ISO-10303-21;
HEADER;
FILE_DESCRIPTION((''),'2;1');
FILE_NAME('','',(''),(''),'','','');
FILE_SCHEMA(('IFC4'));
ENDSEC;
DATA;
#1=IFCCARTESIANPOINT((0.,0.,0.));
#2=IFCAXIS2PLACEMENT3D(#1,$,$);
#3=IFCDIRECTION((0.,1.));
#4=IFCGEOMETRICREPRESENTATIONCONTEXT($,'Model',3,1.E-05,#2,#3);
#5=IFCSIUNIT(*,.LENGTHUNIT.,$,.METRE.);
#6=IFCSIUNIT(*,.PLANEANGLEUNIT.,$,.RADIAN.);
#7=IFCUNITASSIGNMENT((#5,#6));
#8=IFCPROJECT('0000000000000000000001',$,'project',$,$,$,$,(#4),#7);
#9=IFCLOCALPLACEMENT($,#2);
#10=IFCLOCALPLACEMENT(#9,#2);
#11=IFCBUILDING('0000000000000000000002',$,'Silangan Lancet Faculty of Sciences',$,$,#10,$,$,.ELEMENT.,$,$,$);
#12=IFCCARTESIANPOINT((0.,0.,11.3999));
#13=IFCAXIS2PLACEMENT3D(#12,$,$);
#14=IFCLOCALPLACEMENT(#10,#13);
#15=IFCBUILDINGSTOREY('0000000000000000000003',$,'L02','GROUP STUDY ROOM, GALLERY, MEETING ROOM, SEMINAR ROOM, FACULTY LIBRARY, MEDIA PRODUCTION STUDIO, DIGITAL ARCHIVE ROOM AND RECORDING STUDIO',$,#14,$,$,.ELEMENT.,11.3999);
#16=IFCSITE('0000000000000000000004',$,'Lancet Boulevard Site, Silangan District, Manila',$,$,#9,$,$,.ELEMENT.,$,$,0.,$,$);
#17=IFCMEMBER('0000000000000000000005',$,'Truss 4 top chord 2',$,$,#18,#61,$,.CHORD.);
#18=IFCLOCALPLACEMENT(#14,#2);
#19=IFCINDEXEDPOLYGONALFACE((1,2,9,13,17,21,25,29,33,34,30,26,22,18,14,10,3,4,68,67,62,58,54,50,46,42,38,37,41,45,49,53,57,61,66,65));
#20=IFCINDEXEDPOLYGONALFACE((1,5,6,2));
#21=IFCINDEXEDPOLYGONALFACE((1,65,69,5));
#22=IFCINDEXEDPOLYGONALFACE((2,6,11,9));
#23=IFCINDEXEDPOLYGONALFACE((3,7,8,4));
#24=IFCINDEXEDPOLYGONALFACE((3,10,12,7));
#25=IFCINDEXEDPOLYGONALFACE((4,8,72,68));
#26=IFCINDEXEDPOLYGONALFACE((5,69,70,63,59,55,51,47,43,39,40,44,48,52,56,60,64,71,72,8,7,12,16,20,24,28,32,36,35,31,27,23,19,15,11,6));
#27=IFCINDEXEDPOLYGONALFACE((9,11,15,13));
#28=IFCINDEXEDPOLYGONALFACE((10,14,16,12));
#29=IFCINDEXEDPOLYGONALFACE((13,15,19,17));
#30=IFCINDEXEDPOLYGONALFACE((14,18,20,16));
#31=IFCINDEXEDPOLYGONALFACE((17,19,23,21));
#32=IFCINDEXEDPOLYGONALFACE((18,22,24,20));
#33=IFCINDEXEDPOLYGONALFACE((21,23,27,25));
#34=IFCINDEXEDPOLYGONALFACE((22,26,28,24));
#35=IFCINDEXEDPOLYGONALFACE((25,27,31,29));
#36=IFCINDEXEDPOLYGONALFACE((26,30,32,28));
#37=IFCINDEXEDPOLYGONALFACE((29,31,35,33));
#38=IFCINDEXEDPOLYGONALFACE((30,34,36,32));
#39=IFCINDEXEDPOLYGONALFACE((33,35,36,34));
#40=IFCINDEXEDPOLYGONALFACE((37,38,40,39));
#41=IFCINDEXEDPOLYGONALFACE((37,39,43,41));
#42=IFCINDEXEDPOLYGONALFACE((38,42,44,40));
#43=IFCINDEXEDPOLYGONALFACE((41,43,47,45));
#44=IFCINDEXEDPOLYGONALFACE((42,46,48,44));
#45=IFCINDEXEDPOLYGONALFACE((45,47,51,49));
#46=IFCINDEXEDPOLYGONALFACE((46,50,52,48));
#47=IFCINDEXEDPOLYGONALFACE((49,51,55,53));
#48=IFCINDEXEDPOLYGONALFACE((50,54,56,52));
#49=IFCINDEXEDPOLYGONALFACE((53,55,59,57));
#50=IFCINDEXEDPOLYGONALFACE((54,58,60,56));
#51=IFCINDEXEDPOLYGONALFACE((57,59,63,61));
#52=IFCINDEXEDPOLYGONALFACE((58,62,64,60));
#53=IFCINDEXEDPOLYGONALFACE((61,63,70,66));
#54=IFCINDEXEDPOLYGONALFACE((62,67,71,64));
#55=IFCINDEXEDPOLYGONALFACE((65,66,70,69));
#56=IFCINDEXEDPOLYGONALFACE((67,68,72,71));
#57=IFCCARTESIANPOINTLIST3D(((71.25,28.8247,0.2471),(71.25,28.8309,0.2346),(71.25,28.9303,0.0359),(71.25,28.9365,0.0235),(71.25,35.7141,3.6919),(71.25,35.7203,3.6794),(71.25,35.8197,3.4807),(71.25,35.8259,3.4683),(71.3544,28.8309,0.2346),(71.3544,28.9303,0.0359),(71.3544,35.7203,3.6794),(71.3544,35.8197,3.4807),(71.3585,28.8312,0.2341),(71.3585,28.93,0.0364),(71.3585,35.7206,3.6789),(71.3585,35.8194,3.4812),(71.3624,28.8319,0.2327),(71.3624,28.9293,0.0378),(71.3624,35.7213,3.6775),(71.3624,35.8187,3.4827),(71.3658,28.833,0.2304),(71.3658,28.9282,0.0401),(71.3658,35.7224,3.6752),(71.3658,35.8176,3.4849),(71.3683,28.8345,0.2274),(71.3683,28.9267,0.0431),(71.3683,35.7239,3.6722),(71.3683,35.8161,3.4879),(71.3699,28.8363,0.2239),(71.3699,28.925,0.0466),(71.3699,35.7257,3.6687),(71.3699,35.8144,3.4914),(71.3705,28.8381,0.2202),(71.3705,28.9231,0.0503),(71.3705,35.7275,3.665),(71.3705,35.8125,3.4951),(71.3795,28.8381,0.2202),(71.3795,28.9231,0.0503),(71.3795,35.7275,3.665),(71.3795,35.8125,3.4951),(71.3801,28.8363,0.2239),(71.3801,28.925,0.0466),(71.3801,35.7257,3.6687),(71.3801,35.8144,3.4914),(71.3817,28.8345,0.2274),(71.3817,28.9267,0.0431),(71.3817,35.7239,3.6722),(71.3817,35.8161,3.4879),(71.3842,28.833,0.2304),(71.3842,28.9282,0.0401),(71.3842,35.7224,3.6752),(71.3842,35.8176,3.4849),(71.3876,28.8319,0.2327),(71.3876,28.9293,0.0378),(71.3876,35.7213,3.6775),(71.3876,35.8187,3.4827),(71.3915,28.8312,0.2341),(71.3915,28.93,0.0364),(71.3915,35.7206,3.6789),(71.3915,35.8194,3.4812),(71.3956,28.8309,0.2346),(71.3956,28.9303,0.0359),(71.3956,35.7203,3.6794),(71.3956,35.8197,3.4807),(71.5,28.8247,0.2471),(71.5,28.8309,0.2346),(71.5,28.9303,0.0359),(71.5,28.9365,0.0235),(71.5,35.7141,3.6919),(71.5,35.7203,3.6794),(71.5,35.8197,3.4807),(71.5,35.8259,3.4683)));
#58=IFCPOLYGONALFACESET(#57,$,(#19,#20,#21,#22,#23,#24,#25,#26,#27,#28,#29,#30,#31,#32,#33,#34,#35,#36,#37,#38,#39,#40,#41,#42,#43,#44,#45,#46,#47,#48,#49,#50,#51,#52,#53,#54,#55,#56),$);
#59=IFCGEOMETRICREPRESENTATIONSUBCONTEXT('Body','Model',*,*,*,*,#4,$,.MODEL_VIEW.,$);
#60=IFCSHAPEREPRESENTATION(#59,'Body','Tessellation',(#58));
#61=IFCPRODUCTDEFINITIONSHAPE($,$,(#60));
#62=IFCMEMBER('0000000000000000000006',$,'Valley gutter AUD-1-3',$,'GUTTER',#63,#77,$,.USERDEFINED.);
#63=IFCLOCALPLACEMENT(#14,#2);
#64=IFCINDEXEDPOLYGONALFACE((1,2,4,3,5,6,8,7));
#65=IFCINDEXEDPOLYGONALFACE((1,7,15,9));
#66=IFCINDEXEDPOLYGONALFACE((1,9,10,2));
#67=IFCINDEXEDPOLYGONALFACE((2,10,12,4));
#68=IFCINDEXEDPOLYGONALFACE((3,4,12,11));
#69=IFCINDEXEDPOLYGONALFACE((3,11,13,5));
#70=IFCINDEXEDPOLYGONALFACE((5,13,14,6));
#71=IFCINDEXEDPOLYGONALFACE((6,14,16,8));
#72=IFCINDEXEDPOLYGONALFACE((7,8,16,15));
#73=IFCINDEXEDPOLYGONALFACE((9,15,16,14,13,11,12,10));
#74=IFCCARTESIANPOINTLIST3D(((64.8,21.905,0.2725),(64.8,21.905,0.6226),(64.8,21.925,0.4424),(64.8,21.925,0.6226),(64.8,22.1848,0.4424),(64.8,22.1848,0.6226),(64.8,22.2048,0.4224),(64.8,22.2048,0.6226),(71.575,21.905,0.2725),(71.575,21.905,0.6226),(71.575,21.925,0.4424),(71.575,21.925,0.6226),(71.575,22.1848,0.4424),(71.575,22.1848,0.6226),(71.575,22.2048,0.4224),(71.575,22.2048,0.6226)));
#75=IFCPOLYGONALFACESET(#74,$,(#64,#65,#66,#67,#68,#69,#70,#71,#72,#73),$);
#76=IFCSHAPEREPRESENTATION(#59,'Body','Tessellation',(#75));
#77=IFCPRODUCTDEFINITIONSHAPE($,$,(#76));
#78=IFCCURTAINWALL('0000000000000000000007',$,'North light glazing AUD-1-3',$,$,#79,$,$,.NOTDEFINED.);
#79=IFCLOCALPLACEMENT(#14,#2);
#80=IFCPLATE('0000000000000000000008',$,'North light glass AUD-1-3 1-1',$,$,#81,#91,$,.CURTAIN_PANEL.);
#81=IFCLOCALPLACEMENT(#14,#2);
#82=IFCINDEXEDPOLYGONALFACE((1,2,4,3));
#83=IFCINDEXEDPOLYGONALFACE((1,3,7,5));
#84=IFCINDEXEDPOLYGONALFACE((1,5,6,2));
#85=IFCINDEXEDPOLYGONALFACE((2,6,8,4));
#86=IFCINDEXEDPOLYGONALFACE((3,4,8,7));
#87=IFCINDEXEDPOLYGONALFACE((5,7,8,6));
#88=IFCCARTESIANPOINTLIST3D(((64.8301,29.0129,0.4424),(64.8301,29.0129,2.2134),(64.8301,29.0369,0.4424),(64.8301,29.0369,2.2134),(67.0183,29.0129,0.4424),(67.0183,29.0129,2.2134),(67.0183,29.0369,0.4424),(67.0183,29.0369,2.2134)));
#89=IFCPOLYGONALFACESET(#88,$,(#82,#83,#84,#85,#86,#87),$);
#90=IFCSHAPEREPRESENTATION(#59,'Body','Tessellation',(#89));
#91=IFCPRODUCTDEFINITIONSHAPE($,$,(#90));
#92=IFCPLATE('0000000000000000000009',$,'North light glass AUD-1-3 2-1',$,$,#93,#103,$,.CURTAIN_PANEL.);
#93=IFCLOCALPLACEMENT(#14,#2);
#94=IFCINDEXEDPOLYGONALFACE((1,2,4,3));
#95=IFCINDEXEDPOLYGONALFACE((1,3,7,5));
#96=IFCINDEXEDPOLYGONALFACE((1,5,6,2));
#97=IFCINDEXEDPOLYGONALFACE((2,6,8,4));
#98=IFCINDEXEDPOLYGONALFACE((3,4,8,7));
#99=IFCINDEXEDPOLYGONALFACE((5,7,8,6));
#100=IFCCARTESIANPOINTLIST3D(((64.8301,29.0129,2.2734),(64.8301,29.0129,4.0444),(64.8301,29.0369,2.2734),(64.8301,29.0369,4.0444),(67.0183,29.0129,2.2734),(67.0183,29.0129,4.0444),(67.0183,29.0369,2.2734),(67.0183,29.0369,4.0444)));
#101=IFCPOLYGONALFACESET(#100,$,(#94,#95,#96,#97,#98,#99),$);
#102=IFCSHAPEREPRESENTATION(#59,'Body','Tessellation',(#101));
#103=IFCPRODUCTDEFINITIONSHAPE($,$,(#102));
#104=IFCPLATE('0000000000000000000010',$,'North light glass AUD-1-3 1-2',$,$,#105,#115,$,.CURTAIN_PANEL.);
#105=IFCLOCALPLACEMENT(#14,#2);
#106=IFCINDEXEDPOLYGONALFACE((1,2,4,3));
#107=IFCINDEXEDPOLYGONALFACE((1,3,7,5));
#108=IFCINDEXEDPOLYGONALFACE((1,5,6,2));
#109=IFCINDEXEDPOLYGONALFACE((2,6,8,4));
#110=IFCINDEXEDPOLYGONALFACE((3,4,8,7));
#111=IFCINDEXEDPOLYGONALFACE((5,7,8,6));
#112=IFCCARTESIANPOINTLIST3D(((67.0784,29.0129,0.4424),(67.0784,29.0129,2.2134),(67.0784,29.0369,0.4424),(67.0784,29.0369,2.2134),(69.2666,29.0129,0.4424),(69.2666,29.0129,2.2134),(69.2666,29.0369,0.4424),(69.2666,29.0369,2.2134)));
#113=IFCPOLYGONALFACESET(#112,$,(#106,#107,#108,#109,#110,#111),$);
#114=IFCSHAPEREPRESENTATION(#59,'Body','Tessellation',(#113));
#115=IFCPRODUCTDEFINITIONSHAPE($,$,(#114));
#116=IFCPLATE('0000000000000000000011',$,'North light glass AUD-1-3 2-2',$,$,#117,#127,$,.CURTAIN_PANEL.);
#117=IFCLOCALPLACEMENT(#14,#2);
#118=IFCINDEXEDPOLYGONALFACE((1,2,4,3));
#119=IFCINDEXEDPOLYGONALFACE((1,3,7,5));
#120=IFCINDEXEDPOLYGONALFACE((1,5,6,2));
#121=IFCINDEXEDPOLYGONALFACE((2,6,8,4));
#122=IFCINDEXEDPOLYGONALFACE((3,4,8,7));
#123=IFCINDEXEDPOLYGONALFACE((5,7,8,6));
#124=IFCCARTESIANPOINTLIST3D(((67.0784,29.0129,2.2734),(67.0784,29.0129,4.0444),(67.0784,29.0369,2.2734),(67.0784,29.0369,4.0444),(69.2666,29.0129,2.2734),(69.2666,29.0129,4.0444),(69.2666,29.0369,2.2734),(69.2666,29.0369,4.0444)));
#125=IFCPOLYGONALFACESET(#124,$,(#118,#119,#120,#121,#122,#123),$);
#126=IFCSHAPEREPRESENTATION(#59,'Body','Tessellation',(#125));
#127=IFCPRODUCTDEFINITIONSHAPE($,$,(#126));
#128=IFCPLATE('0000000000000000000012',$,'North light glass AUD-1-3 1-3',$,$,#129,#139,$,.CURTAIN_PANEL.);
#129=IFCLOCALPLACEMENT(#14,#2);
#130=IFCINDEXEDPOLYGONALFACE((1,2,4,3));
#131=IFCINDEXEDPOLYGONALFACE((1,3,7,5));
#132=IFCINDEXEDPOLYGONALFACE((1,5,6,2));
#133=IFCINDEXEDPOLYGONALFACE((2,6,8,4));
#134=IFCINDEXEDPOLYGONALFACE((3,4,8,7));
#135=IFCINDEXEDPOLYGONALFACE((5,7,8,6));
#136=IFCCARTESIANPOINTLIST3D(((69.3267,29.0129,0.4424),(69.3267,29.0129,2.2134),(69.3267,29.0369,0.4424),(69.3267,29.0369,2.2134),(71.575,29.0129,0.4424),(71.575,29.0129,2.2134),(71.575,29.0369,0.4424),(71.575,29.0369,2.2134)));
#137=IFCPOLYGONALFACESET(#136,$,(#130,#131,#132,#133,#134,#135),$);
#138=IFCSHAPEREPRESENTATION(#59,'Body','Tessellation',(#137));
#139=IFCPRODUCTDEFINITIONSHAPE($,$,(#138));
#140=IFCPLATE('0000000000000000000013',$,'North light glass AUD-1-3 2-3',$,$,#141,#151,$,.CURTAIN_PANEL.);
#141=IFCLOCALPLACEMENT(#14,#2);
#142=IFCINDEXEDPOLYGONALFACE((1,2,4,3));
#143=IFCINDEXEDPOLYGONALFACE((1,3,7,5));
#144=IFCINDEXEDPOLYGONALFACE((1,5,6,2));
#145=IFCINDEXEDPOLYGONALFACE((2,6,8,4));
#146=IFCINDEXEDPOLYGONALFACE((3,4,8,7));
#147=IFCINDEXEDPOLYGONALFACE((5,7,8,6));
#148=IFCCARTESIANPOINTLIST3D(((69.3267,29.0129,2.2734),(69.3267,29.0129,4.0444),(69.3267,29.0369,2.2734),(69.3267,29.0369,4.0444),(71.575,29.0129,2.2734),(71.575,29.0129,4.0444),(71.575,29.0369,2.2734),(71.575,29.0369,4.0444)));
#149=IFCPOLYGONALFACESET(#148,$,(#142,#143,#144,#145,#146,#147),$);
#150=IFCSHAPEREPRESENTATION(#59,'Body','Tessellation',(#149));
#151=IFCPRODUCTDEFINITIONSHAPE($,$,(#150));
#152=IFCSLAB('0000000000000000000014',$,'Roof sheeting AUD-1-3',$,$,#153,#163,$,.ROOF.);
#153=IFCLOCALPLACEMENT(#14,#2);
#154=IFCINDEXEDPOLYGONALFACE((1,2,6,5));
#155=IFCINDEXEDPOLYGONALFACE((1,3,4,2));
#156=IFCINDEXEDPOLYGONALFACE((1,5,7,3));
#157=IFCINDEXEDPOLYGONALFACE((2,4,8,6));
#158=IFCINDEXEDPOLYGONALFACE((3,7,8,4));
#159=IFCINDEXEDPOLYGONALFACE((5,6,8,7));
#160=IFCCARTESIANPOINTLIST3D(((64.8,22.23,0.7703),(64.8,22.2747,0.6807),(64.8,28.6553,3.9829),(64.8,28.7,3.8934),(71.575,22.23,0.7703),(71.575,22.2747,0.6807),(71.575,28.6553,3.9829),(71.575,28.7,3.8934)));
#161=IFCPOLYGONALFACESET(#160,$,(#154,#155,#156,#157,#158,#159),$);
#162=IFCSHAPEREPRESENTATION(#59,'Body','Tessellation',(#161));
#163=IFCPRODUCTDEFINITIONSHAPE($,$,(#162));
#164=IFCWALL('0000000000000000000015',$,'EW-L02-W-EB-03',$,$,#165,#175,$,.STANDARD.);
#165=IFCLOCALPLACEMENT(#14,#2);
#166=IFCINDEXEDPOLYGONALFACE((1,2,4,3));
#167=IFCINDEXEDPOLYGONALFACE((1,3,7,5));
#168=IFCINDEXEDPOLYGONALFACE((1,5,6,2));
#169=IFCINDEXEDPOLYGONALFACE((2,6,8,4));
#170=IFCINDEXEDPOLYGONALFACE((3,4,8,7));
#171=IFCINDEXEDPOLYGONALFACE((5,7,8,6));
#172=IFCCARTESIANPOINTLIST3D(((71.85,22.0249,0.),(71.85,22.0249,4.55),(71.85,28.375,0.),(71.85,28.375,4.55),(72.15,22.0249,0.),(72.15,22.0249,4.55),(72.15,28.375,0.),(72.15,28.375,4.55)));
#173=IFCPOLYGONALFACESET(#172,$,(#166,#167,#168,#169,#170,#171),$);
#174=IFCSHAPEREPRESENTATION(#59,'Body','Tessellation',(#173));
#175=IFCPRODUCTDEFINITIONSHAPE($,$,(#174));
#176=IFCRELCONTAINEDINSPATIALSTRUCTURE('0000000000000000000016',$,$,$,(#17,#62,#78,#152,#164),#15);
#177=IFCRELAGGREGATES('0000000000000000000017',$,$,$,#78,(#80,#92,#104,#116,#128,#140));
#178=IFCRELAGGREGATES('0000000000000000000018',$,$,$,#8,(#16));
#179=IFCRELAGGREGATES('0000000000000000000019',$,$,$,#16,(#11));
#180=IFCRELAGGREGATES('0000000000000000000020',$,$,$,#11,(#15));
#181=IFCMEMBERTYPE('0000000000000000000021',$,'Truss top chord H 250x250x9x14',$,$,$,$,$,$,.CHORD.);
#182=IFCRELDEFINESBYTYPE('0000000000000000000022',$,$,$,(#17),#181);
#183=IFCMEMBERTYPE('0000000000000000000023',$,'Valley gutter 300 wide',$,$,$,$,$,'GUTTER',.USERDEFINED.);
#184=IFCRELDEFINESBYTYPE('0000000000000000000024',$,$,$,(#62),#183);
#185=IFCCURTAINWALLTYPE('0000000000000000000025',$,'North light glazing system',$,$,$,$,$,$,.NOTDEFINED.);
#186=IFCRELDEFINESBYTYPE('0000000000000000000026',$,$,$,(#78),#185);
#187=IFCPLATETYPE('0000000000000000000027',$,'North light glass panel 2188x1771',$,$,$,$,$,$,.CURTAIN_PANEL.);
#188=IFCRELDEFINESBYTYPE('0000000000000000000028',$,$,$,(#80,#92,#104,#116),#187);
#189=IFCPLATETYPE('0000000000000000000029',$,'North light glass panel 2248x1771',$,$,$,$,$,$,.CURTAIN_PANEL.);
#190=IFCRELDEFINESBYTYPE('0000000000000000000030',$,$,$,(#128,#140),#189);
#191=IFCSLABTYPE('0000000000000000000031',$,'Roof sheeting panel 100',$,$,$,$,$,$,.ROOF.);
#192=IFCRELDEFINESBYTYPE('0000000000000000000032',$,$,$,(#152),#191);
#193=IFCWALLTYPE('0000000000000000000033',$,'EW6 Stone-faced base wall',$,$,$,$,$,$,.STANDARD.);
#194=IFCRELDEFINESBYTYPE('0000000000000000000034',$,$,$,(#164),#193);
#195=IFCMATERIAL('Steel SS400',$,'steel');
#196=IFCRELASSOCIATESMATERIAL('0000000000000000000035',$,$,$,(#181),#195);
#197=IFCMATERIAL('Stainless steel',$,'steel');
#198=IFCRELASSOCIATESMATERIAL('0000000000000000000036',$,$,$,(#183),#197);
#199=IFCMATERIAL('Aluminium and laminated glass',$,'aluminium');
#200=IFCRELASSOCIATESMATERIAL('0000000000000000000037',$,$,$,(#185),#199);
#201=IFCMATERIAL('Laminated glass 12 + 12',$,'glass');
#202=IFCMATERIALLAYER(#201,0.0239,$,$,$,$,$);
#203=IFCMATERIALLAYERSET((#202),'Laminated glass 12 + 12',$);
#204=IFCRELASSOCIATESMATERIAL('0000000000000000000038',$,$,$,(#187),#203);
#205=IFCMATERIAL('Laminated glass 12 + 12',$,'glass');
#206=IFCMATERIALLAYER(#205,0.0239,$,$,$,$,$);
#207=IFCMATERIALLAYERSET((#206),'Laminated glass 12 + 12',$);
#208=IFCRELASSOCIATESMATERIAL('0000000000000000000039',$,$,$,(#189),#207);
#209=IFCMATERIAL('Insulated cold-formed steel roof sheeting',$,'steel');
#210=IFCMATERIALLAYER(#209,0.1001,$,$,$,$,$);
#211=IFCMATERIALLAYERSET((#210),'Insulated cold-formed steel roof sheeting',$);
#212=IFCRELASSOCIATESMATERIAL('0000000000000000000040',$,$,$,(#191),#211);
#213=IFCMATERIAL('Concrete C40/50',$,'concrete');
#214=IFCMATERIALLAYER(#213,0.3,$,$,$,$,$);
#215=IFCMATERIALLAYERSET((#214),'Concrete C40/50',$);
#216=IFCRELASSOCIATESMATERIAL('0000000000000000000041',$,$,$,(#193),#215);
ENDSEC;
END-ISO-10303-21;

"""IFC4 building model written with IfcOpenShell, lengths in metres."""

from ifc_helpers import new_model, si_unit, direction, frame, frame_2d, origin, origin_2d, place, context, subcontext, project, spatial, polyline, rectangle, i_section, outline, extrude, material, layer, layer_set, material_profile, profile_set, type_object, element, aggregate, save


model = new_model("IFC4")

# Units and contexts
model_context = context("Model", 3, precision=1e-05, world=origin(), true_north=direction((0.0, 1.0)))
body_context = subcontext(model_context, "Body", "Model", "MODEL_VIEW")
ifc_project = project(units=[si_unit("LENGTHUNIT", "METRE"), si_unit("PLANEANGLEUNIT", "RADIAN")], contexts=[model_context])

# Site, building, storey
site_placement = place(None, origin())
site = spatial("IfcSite", under=ifc_project, at=site_placement, Name="Lancet Boulevard Site, Silangan District, Manila", CompositionType="ELEMENT", RefElevation=0.0)
building_placement = place(site_placement, origin())
building = spatial("IfcBuilding", under=site, at=building_placement, Name="Silangan Lancet Faculty of Sciences", CompositionType="ELEMENT")
storey_placement = place(building_placement, frame((0.0, 0.0, 11.3999)))
storey = spatial("IfcBuildingStorey", under=building, at=storey_placement, Name="L02", Description="GROUP STUDY ROOM, GALLERY, MEETING ROOM, SEMINAR ROOM, FACULTY LIBRARY, MEDIA PRODUCTION STUDIO, DIGITAL ARCHIVE ROOM AND RECORDING STUDIO", CompositionType="ELEMENT", Elevation=11.3999)

# Members
ifc_material_1 = material(Name="Steel SS400", Category="steel")
ifc_material_profile_1 = material_profile(ifc_material_1, i_section(OverallWidth=0.25, OverallDepth=0.25, WebThickness=0.009, FlangeThickness=0.0139, FilletRadius=0.0161, at=origin_2d()), Name="H 250x250x9x14")
ifc_profile_set_1 = profile_set([ifc_material_profile_1], Name="Steel SS400")
member_type_1 = type_object("IfcMemberType", Name="Truss top chord H 250x250x9x14", PredefinedType="CHORD", material=ifc_profile_set_1)
for number, where, z_axis, x_axis, name in (
    (1, (71.375, 28.8806, 0.1353), (0.0, 0.894421, 0.447226), (-1.0, 0.0, 0.0), "Truss 4 top chord 2"),
):
    element("IfcMember", number, at=place(storey_placement, frame(where, z_axis=z_axis, x_axis=x_axis)), inside=storey, type_object=member_type_1, Name=name, PredefinedType="CHORD", context=body_context, shape_type="SweptSolid", body=[
        extrude(i_section(OverallWidth=0.25, OverallDepth=0.25, WebThickness=0.009, FlangeThickness=0.0139, FilletRadius=0.0161, at=origin_2d()), origin(), (0.0, 0.0, 1.0), 7.7026),
    ])
ifc_material_2 = material(Name="Stainless steel", Category="steel")
ifc_material_profile_2 = material_profile(ifc_material_2, outline(polyline([(-0.1499, 0.0), (0.1499, 0.1499), (0.1499, 0.3501), (0.1299, 0.3501), (0.1299, 0.1699), (-0.1299, 0.1699), (-0.1299, 0.3501), (-0.1499, 0.3501), (-0.1499, 0.0)])), Name="valley gutter")
ifc_profile_set_2 = profile_set([ifc_material_profile_2], Name="Stainless steel")
member_type_2 = type_object("IfcMemberType", Name="Valley gutter 300 wide", ElementType="GUTTER", PredefinedType="USERDEFINED", material=ifc_profile_set_2)
member_1_placement = place(storey_placement, frame((64.8, 22.0549, 0.2725), z_axis=(1.0, 0.0, 0.0), x_axis=(0.0, 1.0, 0.0)))
element("IfcMember", 2, at=member_1_placement, inside=storey, type_object=member_type_2, Name="Valley gutter AUD-1-3", ObjectType="GUTTER", PredefinedType="USERDEFINED", context=body_context, shape_type="SweptSolid", body=[
    extrude(outline(polyline([(-0.1499, 0.0), (0.1499, 0.1499), (0.1499, 0.3501), (0.1299, 0.3501), (0.1299, 0.1699), (-0.1299, 0.1699), (-0.1299, 0.3501), (-0.1499, 0.3501), (-0.1499, 0.0)])), origin(), (0.0, 0.0, 1.0), 6.7749),
])

# Curtain wall, plates
ifc_material_3 = material(Name="Aluminium and laminated glass", Category="aluminium")
curtain_wall_type = type_object("IfcCurtainWallType", Name="North light glazing system", PredefinedType="NOTDEFINED", material=ifc_material_3)
curtain_wall_placement = place(storey_placement, origin())
curtain_wall = element("IfcCurtainWall", 3, at=curtain_wall_placement, inside=storey, type_object=curtain_wall_type, Name="North light glazing AUD-1-3", PredefinedType="NOTDEFINED")
ifc_material_4 = material(Name="Laminated glass 12 + 12", Category="glass")
ifc_layer_1 = layer(ifc_material_4, 0.0239)
ifc_layer_set_1 = layer_set([ifc_layer_1], Name="Laminated glass 12 + 12")
plate_type_1 = type_object("IfcPlateType", Name="North light glass panel 2188x1771", PredefinedType="CURTAIN_PANEL", material=ifc_layer_set_1)
plate_1_placement = place(storey_placement, frame((64.8301, 29.0129, 0.4424), z_axis=(0.0, -1.0, 0.0), x_axis=(1.0, 0.0, 0.0)))
plate_1 = element("IfcPlate", 4, at=plate_1_placement, type_object=plate_type_1, Name="North light glass AUD-1-3 1-1", PredefinedType="CURTAIN_PANEL", context=body_context, shape_type="SweptSolid", body=[
    extrude(outline(polyline([(0.0, 0.0), (2.1882, 0.0), (2.1882, 1.771), (0.0, 1.771), (0.0, 0.0)])), origin(), (0.0, 0.0, -1.0), 0.0239),
])
plate_2_placement = place(storey_placement, frame((64.8301, 29.0129, 2.2734), z_axis=(0.0, -1.0, 0.0), x_axis=(1.0, 0.0, 0.0)))
plate_2 = element("IfcPlate", 5, at=plate_2_placement, type_object=plate_type_1, Name="North light glass AUD-1-3 2-1", PredefinedType="CURTAIN_PANEL", context=body_context, shape_type="SweptSolid", body=[
    extrude(outline(polyline([(0.0, 0.0), (2.1882, 0.0), (2.1882, 1.771), (0.0, 1.771), (0.0, 0.0)])), origin(), (0.0, 0.0, -1.0), 0.0239),
])
plate_3_placement = place(storey_placement, frame((67.0784, 29.0129, 0.4424), z_axis=(0.0, -1.0, 0.0), x_axis=(1.0, 0.0, 0.0)))
plate_3 = element("IfcPlate", 6, at=plate_3_placement, type_object=plate_type_1, Name="North light glass AUD-1-3 1-2", PredefinedType="CURTAIN_PANEL", context=body_context, shape_type="SweptSolid", body=[
    extrude(outline(polyline([(0.0, 0.0), (2.1882, 0.0), (2.1882, 1.771), (0.0, 1.771), (0.0, 0.0)])), origin(), (0.0, 0.0, -1.0), 0.0239),
])
plate_4_placement = place(storey_placement, frame((67.0784, 29.0129, 2.2734), z_axis=(0.0, -1.0, 0.0), x_axis=(1.0, 0.0, 0.0)))
plate_4 = element("IfcPlate", 7, at=plate_4_placement, type_object=plate_type_1, Name="North light glass AUD-1-3 2-2", PredefinedType="CURTAIN_PANEL", context=body_context, shape_type="SweptSolid", body=[
    extrude(outline(polyline([(0.0, 0.0), (2.1882, 0.0), (2.1882, 1.771), (0.0, 1.771), (0.0, 0.0)])), origin(), (0.0, 0.0, -1.0), 0.0239),
])
ifc_material_5 = material(Name="Laminated glass 12 + 12", Category="glass")
ifc_layer_2 = layer(ifc_material_5, 0.0239)
ifc_layer_set_2 = layer_set([ifc_layer_2], Name="Laminated glass 12 + 12")
plate_type_2 = type_object("IfcPlateType", Name="North light glass panel 2248x1771", PredefinedType="CURTAIN_PANEL", material=ifc_layer_set_2)
plate_5_placement = place(storey_placement, frame((69.3267, 29.0129, 0.4424), z_axis=(0.0, -1.0, 0.0), x_axis=(1.0, 0.0, 0.0)))
plate_5 = element("IfcPlate", 8, at=plate_5_placement, type_object=plate_type_2, Name="North light glass AUD-1-3 1-3", PredefinedType="CURTAIN_PANEL", context=body_context, shape_type="SweptSolid", body=[
    extrude(outline(polyline([(0.0, 0.0), (2.2483, 0.0), (2.2483, 1.771), (0.0, 1.771), (0.0, 0.0)])), origin(), (0.0, 0.0, -1.0), 0.0239),
])
plate_6_placement = place(storey_placement, frame((69.3267, 29.0129, 2.2734), z_axis=(0.0, -1.0, 0.0), x_axis=(1.0, 0.0, 0.0)))
plate_6 = element("IfcPlate", 9, at=plate_6_placement, type_object=plate_type_2, Name="North light glass AUD-1-3 2-3", PredefinedType="CURTAIN_PANEL", context=body_context, shape_type="SweptSolid", body=[
    extrude(outline(polyline([(0.0, 0.0), (2.2483, 0.0), (2.2483, 1.771), (0.0, 1.771), (0.0, 0.0)])), origin(), (0.0, 0.0, -1.0), 0.0239),
])
aggregate(curtain_wall, [plate_1, plate_2, plate_3, plate_4, plate_5, plate_6])

# Slab
ifc_material_6 = material(Name="Insulated cold-formed steel roof sheeting", Category="steel")
ifc_layer_3 = layer(ifc_material_6, 0.1001)
ifc_layer_set_3 = layer_set([ifc_layer_3], Name="Insulated cold-formed steel roof sheeting")
slab_type = type_object("IfcSlabType", Name="Roof sheeting panel 100", PredefinedType="ROOF", material=ifc_layer_set_3)
slab_placement = place(storey_placement, frame((64.8, 22.23, 0.7703), z_axis=(0.0, -0.447214, 0.894427), x_axis=(1.0, 0.0, 0.0)))
element("IfcSlab", 10, at=slab_placement, inside=storey, type_object=slab_type, Name="Roof sheeting AUD-1-3", PredefinedType="ROOF", context=body_context, shape_type="SweptSolid", body=[
    extrude(outline(polyline([(0.0, 0.0), (6.7749, 0.0), (6.7749, 7.1837), (0.0, 7.1837), (0.0, 0.0)])), origin(), (0.0, 0.0, -1.0), 0.1001),
])

# Wall
ifc_material_7 = material(Name="Concrete C40/50", Category="concrete")
ifc_layer_4 = layer(ifc_material_7, 0.3)
ifc_layer_set_4 = layer_set([ifc_layer_4], Name="Concrete C40/50")
wall_type_1 = type_object("IfcWallType", Name="EW6 Stone-faced base wall", PredefinedType="STANDARD", material=ifc_layer_set_4)
wall_1_placement = place(storey_placement, frame((72.0, 22.0249, 0.0), z_axis=(0.0, 0.0, 1.0), x_axis=(0.0, 1.0, 0.0)))
element("IfcWall", 11, at=wall_1_placement, inside=storey, type_object=wall_type_1, Name="EW-L02-W-EB-03", PredefinedType="STANDARD", context=body_context, shape_type="SweptSolid", body=[
    extrude(rectangle(XDim=6.3501, YDim=0.3, at=frame_2d((3.175, 0.0))), origin(), (0.0, 0.0, 1.0), 4.55),
])

save(model, "model.ifc")
